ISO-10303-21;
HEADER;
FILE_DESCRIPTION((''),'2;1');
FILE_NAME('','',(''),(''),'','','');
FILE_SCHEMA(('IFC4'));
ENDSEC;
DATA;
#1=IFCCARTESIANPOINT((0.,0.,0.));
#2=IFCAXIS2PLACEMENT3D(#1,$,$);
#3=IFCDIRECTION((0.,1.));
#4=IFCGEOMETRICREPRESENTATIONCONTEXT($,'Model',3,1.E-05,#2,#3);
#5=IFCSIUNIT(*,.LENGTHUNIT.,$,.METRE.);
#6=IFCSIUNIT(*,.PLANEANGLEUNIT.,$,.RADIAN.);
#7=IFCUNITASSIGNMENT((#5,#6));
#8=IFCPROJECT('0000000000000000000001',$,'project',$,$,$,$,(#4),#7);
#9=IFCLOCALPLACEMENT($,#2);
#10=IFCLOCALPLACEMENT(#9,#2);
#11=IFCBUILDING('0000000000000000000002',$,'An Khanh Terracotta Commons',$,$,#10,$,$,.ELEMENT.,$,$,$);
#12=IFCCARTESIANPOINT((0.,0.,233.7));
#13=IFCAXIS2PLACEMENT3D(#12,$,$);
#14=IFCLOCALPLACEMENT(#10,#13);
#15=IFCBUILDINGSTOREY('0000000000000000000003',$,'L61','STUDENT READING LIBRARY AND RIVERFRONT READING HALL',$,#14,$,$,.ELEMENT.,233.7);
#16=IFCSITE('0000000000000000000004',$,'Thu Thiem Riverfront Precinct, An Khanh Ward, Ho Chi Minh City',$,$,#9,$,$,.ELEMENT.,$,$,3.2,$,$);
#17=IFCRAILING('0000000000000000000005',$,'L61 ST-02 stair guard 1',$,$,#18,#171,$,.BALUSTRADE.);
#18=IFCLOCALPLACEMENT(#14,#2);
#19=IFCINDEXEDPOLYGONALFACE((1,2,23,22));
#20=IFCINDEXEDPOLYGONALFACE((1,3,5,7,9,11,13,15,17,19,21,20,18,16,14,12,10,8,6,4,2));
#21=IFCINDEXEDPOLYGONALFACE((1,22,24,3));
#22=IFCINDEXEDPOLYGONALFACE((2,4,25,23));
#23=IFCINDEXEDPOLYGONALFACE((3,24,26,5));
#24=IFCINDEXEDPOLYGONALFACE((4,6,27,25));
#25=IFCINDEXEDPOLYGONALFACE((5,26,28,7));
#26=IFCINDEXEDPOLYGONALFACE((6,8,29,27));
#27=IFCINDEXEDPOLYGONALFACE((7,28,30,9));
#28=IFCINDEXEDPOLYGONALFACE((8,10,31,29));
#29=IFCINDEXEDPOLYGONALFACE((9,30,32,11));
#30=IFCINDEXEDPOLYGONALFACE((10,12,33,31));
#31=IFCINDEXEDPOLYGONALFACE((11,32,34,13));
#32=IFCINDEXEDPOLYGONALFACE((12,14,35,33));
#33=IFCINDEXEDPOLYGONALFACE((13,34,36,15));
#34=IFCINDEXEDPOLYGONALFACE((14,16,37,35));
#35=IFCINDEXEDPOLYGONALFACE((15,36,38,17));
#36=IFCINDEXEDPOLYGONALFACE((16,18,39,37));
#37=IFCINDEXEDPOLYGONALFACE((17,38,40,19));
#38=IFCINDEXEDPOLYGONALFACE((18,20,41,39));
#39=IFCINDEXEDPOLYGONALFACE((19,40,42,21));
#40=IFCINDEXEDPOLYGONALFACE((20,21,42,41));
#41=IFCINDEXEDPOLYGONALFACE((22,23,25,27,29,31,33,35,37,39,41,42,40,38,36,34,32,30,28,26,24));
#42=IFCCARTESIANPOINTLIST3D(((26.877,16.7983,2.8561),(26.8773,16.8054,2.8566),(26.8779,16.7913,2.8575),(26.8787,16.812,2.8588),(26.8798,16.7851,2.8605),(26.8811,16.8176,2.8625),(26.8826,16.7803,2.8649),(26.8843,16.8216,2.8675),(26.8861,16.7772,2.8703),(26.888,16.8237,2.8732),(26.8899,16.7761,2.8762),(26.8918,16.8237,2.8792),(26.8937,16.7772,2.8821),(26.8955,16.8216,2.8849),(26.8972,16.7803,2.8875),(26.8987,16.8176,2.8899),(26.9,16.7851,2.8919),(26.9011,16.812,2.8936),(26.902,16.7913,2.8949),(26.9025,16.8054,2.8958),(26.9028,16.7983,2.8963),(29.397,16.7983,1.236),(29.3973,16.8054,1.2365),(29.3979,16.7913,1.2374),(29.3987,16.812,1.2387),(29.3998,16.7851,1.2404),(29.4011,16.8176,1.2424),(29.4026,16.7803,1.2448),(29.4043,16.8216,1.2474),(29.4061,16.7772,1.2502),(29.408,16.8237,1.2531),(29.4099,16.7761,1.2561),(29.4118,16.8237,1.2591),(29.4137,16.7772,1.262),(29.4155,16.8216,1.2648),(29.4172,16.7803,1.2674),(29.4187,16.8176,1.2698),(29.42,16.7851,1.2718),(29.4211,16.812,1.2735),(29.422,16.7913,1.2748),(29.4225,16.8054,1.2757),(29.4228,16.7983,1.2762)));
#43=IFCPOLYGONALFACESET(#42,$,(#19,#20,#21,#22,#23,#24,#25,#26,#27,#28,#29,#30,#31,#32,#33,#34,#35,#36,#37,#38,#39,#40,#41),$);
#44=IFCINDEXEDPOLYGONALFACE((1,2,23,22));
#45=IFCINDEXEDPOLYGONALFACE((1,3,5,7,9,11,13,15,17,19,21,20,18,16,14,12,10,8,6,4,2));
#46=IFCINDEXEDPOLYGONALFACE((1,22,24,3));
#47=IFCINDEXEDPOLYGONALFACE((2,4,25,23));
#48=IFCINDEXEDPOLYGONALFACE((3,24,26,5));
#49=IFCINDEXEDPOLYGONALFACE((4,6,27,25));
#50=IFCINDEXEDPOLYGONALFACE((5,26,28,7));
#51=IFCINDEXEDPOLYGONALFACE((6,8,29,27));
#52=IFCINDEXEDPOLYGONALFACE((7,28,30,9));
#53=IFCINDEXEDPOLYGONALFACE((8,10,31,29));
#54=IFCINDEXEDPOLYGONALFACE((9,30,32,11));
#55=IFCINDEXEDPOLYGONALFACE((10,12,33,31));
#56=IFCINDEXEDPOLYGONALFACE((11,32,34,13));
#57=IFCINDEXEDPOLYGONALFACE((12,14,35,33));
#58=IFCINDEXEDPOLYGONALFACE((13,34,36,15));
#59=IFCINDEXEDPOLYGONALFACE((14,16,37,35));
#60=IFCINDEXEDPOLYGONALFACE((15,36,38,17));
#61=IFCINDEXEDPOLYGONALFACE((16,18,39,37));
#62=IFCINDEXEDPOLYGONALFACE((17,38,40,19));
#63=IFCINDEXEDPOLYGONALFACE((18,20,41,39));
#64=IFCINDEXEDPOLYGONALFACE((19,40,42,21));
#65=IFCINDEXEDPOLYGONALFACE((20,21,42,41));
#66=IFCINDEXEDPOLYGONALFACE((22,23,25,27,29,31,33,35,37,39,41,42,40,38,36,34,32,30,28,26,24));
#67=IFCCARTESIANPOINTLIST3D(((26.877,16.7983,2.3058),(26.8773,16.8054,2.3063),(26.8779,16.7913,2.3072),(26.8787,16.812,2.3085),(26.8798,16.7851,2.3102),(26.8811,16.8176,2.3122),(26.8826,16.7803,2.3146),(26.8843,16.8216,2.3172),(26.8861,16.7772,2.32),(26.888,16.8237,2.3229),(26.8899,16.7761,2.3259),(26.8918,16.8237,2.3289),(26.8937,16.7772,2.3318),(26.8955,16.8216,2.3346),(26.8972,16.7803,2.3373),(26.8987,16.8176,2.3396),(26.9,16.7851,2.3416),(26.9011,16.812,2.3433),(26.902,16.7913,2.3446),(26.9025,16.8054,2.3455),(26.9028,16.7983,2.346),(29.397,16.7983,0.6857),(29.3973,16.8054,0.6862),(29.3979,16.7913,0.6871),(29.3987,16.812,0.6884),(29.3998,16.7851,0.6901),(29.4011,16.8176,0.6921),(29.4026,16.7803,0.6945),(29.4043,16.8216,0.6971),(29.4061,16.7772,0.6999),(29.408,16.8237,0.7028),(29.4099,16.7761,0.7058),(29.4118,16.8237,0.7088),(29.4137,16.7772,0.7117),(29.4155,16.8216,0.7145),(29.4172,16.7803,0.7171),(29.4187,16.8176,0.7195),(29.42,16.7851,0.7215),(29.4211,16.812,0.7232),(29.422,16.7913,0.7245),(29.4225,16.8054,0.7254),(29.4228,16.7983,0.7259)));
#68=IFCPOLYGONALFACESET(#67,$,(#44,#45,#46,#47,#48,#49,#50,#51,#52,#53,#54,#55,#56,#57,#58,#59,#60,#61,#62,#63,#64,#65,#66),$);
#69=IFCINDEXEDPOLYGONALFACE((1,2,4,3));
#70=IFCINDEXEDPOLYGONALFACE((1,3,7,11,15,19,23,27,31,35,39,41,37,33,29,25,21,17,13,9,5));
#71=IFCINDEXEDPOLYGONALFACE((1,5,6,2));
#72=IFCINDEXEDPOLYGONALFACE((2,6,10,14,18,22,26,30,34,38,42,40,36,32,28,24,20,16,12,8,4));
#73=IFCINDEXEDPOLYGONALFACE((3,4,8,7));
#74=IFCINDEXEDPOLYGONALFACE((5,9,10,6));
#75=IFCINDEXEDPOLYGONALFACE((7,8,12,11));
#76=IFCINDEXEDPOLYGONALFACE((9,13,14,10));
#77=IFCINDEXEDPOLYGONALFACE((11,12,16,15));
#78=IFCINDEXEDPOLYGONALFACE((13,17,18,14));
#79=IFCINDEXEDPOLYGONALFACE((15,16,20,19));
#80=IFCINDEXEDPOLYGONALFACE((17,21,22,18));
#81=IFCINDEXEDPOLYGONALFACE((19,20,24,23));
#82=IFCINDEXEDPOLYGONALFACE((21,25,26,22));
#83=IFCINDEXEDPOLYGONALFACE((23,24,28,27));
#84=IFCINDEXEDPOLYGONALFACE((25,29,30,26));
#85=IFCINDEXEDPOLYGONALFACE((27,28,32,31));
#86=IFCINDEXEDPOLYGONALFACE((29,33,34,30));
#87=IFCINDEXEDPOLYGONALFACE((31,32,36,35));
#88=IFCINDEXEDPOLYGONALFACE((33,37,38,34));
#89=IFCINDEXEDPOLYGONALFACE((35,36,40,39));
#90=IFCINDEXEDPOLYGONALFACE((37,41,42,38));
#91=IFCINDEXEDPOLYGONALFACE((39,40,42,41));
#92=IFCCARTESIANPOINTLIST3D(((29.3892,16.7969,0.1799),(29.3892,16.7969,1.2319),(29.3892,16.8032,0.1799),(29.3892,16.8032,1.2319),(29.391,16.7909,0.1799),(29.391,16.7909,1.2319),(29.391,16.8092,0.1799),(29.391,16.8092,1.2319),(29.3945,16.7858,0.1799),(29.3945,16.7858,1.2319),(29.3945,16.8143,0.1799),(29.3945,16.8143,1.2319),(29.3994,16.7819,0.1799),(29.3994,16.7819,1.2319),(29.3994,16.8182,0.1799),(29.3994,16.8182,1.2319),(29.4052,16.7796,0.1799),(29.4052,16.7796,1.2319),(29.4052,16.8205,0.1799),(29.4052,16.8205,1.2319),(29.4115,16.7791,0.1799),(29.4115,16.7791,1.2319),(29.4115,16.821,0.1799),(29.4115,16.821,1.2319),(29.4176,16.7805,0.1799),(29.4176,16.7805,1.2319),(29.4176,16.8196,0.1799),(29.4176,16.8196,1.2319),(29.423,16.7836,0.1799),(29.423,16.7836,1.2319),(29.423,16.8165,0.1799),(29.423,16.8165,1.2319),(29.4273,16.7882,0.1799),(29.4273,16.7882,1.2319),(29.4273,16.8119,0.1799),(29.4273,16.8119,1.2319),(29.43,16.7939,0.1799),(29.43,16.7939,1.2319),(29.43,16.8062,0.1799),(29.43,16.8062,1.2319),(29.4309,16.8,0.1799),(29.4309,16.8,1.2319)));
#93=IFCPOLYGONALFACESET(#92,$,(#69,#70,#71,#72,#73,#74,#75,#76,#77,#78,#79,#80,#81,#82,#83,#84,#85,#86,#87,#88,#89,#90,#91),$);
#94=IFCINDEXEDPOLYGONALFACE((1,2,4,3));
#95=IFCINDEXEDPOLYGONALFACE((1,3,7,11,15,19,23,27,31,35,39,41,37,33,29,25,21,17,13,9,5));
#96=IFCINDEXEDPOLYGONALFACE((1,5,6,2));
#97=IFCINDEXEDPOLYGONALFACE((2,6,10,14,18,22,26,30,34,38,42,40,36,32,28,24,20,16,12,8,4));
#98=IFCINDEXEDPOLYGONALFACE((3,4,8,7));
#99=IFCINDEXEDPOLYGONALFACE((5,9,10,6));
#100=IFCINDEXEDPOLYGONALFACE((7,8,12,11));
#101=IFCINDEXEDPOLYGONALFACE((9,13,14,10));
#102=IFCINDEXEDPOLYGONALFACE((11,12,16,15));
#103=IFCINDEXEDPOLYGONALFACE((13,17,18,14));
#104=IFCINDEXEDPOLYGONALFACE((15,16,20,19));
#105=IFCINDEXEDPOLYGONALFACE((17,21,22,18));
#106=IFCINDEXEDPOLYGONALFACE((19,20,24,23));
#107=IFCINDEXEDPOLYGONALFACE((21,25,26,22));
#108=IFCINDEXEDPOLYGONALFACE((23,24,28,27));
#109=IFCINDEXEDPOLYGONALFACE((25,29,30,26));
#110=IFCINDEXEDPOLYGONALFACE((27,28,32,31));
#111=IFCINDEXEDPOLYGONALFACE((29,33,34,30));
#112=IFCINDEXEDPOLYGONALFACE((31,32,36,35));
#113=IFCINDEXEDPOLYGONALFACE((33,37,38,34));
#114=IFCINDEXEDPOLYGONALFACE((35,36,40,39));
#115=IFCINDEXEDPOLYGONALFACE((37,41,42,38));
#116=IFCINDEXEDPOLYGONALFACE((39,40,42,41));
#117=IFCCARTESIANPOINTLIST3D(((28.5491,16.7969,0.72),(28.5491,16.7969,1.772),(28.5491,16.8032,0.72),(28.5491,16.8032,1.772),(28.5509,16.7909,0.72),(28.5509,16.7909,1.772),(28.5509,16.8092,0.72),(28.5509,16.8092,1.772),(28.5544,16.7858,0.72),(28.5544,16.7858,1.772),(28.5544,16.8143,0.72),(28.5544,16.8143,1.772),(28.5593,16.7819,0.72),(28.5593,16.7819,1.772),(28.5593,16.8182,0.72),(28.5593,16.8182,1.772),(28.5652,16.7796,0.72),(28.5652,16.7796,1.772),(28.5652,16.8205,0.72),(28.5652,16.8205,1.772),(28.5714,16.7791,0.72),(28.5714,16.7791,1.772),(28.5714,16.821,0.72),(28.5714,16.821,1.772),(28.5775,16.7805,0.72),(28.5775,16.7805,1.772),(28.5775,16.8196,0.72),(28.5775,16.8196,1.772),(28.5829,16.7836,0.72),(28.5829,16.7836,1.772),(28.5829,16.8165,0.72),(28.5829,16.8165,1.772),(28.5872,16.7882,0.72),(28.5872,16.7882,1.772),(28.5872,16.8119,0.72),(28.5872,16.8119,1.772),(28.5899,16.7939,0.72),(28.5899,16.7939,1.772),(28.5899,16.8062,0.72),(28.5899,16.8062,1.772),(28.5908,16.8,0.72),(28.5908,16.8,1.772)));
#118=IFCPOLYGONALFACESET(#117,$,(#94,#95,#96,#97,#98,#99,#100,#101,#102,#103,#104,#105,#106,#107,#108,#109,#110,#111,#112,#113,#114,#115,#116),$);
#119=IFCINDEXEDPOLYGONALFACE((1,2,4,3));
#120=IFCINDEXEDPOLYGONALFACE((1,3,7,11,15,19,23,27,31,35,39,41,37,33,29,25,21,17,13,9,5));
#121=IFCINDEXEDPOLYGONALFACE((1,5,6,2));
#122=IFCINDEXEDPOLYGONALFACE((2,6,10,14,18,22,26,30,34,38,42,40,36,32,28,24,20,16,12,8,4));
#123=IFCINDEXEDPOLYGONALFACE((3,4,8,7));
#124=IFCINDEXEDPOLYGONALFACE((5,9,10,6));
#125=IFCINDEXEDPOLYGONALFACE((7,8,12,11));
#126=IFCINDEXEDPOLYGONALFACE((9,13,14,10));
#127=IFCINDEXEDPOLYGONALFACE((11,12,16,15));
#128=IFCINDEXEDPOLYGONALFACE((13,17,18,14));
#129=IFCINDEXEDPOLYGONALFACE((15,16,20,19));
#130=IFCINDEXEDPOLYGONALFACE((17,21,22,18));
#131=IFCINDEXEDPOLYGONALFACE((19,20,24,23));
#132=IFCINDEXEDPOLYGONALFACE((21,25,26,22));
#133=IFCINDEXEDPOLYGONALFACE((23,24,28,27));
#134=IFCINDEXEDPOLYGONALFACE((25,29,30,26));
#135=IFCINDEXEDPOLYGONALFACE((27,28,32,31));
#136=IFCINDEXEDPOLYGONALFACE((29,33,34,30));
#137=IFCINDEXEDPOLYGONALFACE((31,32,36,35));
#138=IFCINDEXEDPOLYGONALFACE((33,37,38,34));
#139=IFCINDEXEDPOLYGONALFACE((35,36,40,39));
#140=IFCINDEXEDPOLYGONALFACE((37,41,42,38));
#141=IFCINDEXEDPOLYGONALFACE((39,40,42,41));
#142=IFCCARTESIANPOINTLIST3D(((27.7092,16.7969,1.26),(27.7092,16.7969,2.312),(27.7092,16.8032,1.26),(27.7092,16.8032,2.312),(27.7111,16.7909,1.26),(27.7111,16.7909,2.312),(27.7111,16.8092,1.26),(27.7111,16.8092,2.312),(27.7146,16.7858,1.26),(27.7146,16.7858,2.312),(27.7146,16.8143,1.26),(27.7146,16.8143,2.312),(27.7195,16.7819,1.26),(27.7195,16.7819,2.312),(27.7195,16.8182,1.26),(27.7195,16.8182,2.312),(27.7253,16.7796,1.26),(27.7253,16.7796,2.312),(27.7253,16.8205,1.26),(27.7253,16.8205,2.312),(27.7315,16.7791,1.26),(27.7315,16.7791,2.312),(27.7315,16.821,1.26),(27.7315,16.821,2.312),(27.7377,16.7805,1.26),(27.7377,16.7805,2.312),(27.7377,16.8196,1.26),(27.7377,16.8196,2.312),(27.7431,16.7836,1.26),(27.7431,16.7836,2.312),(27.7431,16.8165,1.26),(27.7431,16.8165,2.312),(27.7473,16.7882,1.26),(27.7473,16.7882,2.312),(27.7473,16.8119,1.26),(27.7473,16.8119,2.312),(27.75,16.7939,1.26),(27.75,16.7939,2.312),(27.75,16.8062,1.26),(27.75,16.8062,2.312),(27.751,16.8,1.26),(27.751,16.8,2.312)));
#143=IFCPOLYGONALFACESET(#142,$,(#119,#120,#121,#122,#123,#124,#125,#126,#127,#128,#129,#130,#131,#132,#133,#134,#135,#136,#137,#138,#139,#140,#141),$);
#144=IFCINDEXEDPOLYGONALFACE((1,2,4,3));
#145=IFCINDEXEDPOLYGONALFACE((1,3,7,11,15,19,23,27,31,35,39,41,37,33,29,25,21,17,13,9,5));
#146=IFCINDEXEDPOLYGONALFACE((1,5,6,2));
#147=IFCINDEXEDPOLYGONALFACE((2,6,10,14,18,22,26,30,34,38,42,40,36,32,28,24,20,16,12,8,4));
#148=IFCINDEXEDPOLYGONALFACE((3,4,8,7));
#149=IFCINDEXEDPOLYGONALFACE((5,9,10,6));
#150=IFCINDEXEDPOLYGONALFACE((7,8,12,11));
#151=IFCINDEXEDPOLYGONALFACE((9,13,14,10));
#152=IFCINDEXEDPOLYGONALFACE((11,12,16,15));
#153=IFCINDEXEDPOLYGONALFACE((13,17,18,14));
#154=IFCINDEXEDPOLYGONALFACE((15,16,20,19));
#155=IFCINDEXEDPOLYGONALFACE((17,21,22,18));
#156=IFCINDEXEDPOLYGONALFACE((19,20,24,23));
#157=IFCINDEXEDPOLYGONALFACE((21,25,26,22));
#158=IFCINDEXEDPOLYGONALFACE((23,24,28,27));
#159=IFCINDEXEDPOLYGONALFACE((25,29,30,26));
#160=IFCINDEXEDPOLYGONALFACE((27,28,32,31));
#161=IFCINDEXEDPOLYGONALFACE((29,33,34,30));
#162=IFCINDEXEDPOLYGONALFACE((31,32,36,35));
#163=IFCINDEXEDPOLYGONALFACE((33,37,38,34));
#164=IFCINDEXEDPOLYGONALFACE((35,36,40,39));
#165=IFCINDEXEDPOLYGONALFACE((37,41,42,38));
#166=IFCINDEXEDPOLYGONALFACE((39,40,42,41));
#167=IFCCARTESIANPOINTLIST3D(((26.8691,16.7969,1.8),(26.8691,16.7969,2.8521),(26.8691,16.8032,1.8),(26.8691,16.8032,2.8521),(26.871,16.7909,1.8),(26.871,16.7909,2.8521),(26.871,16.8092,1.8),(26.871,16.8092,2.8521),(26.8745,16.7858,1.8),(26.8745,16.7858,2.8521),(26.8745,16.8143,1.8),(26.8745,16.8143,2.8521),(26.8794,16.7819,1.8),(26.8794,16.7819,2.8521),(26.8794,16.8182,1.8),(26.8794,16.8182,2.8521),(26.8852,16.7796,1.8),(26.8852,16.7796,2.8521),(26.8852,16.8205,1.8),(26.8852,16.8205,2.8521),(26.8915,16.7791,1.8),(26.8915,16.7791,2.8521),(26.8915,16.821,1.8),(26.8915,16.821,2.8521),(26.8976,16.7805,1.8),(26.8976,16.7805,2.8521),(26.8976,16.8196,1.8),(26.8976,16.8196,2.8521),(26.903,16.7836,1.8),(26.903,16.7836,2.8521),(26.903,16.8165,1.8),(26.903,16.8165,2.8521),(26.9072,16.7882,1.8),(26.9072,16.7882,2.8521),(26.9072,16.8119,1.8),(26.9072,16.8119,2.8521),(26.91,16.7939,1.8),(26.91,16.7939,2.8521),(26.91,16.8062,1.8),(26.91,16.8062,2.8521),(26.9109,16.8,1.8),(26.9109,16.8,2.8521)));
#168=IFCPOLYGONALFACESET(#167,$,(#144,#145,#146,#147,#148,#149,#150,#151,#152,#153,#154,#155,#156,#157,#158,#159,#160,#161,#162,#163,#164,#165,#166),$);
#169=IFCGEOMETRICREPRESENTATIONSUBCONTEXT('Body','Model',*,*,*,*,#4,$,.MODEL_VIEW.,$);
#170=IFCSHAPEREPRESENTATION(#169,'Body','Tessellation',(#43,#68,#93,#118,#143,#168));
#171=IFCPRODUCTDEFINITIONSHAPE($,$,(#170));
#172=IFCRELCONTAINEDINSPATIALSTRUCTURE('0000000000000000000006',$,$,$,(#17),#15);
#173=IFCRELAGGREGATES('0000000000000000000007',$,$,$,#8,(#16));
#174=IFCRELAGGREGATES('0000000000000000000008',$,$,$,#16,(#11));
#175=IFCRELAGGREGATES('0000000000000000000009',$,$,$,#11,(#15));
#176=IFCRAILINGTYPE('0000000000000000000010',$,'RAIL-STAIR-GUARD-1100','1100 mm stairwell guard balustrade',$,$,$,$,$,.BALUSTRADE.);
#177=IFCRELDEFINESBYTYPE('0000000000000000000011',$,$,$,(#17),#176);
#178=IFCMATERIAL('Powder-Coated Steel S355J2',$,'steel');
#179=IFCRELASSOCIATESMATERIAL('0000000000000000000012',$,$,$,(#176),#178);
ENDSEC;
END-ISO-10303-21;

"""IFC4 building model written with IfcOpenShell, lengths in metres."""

from ifc_helpers import new_model, si_unit, direction, frame, origin, origin_2d, place, context, subcontext, project, spatial, circle, extrude, material, type_object, element, save


model = new_model("IFC4")

# Units and contexts
model_context = context("Model", 3, precision=1e-05, world=origin(), true_north=direction((0.0, 1.0)))
body_context = subcontext(model_context, "Body", "Model", "MODEL_VIEW")
ifc_project = project(units=[si_unit("LENGTHUNIT", "METRE"), si_unit("PLANEANGLEUNIT", "RADIAN")], contexts=[model_context])

# Site, building, storey
site_placement = place(None, origin())
site = spatial("IfcSite", under=ifc_project, at=site_placement, Name="Thu Thiem Riverfront Precinct, An Khanh Ward, Ho Chi Minh City", CompositionType="ELEMENT", RefElevation=3.2)
building_placement = place(site_placement, origin())
building = spatial("IfcBuilding", under=site, at=building_placement, Name="An Khanh Terracotta Commons", CompositionType="ELEMENT")
storey_placement = place(building_placement, frame((0.0, 0.0, 233.7)))
storey = spatial("IfcBuildingStorey", under=building, at=storey_placement, Name="L61", Description="STUDENT READING LIBRARY AND RIVERFRONT READING HALL", CompositionType="ELEMENT", Elevation=233.7)

# Railing
ifc_material_1 = material(Name="Powder-Coated Steel S355J2", Category="steel")
railing_type_1 = type_object("IfcRailingType", Name="RAIL-STAIR-GUARD-1100", Description="1100 mm stairwell guard balustrade", PredefinedType="BALUSTRADE", material=ifc_material_1)
railing_1_placement = place(storey_placement, frame((29.4099, 16.8, 0.1799)))
element("IfcRailing", 1, at=railing_1_placement, inside=storey, type_object=railing_type_1, Name="L61 ST-02 stair guard 1", PredefinedType="BALUSTRADE", context=body_context, shape_type="SweptSolid", body=[
    extrude(circle(Radius=0.0239, at=origin_2d()), frame((0.0, 0.0, 1.0762), z_axis=(-0.841163, 0.0, 0.540782), x_axis=(0.0, -1.0, 0.0)), (0.0, 0.0, 1.0), 2.9958),
    extrude(circle(Radius=0.0239, at=origin_2d()), frame((0.0, 0.0, 0.5259), z_axis=(-0.841163, 0.0, 0.540782), x_axis=(0.0, -1.0, 0.0)), (0.0, 0.0, 1.0), 2.9958),
    extrude(circle(Radius=0.021, at=origin_2d()), origin(), (0.0, 0.0, 1.0), 1.052),
    extrude(circle(Radius=0.021, at=origin_2d()), frame((-0.8401, 0.0, 0.54)), (0.0, 0.0, 1.0), 1.052),
    extrude(circle(Radius=0.021, at=origin_2d()), frame((-1.6799, 0.0, 1.0801)), (0.0, 0.0, 1.0), 1.052),
    extrude(circle(Radius=0.021, at=origin_2d()), frame((-2.52, 0.0, 1.6201)), (0.0, 0.0, 1.0), 1.052),
])

save(model, "model.ifc")
